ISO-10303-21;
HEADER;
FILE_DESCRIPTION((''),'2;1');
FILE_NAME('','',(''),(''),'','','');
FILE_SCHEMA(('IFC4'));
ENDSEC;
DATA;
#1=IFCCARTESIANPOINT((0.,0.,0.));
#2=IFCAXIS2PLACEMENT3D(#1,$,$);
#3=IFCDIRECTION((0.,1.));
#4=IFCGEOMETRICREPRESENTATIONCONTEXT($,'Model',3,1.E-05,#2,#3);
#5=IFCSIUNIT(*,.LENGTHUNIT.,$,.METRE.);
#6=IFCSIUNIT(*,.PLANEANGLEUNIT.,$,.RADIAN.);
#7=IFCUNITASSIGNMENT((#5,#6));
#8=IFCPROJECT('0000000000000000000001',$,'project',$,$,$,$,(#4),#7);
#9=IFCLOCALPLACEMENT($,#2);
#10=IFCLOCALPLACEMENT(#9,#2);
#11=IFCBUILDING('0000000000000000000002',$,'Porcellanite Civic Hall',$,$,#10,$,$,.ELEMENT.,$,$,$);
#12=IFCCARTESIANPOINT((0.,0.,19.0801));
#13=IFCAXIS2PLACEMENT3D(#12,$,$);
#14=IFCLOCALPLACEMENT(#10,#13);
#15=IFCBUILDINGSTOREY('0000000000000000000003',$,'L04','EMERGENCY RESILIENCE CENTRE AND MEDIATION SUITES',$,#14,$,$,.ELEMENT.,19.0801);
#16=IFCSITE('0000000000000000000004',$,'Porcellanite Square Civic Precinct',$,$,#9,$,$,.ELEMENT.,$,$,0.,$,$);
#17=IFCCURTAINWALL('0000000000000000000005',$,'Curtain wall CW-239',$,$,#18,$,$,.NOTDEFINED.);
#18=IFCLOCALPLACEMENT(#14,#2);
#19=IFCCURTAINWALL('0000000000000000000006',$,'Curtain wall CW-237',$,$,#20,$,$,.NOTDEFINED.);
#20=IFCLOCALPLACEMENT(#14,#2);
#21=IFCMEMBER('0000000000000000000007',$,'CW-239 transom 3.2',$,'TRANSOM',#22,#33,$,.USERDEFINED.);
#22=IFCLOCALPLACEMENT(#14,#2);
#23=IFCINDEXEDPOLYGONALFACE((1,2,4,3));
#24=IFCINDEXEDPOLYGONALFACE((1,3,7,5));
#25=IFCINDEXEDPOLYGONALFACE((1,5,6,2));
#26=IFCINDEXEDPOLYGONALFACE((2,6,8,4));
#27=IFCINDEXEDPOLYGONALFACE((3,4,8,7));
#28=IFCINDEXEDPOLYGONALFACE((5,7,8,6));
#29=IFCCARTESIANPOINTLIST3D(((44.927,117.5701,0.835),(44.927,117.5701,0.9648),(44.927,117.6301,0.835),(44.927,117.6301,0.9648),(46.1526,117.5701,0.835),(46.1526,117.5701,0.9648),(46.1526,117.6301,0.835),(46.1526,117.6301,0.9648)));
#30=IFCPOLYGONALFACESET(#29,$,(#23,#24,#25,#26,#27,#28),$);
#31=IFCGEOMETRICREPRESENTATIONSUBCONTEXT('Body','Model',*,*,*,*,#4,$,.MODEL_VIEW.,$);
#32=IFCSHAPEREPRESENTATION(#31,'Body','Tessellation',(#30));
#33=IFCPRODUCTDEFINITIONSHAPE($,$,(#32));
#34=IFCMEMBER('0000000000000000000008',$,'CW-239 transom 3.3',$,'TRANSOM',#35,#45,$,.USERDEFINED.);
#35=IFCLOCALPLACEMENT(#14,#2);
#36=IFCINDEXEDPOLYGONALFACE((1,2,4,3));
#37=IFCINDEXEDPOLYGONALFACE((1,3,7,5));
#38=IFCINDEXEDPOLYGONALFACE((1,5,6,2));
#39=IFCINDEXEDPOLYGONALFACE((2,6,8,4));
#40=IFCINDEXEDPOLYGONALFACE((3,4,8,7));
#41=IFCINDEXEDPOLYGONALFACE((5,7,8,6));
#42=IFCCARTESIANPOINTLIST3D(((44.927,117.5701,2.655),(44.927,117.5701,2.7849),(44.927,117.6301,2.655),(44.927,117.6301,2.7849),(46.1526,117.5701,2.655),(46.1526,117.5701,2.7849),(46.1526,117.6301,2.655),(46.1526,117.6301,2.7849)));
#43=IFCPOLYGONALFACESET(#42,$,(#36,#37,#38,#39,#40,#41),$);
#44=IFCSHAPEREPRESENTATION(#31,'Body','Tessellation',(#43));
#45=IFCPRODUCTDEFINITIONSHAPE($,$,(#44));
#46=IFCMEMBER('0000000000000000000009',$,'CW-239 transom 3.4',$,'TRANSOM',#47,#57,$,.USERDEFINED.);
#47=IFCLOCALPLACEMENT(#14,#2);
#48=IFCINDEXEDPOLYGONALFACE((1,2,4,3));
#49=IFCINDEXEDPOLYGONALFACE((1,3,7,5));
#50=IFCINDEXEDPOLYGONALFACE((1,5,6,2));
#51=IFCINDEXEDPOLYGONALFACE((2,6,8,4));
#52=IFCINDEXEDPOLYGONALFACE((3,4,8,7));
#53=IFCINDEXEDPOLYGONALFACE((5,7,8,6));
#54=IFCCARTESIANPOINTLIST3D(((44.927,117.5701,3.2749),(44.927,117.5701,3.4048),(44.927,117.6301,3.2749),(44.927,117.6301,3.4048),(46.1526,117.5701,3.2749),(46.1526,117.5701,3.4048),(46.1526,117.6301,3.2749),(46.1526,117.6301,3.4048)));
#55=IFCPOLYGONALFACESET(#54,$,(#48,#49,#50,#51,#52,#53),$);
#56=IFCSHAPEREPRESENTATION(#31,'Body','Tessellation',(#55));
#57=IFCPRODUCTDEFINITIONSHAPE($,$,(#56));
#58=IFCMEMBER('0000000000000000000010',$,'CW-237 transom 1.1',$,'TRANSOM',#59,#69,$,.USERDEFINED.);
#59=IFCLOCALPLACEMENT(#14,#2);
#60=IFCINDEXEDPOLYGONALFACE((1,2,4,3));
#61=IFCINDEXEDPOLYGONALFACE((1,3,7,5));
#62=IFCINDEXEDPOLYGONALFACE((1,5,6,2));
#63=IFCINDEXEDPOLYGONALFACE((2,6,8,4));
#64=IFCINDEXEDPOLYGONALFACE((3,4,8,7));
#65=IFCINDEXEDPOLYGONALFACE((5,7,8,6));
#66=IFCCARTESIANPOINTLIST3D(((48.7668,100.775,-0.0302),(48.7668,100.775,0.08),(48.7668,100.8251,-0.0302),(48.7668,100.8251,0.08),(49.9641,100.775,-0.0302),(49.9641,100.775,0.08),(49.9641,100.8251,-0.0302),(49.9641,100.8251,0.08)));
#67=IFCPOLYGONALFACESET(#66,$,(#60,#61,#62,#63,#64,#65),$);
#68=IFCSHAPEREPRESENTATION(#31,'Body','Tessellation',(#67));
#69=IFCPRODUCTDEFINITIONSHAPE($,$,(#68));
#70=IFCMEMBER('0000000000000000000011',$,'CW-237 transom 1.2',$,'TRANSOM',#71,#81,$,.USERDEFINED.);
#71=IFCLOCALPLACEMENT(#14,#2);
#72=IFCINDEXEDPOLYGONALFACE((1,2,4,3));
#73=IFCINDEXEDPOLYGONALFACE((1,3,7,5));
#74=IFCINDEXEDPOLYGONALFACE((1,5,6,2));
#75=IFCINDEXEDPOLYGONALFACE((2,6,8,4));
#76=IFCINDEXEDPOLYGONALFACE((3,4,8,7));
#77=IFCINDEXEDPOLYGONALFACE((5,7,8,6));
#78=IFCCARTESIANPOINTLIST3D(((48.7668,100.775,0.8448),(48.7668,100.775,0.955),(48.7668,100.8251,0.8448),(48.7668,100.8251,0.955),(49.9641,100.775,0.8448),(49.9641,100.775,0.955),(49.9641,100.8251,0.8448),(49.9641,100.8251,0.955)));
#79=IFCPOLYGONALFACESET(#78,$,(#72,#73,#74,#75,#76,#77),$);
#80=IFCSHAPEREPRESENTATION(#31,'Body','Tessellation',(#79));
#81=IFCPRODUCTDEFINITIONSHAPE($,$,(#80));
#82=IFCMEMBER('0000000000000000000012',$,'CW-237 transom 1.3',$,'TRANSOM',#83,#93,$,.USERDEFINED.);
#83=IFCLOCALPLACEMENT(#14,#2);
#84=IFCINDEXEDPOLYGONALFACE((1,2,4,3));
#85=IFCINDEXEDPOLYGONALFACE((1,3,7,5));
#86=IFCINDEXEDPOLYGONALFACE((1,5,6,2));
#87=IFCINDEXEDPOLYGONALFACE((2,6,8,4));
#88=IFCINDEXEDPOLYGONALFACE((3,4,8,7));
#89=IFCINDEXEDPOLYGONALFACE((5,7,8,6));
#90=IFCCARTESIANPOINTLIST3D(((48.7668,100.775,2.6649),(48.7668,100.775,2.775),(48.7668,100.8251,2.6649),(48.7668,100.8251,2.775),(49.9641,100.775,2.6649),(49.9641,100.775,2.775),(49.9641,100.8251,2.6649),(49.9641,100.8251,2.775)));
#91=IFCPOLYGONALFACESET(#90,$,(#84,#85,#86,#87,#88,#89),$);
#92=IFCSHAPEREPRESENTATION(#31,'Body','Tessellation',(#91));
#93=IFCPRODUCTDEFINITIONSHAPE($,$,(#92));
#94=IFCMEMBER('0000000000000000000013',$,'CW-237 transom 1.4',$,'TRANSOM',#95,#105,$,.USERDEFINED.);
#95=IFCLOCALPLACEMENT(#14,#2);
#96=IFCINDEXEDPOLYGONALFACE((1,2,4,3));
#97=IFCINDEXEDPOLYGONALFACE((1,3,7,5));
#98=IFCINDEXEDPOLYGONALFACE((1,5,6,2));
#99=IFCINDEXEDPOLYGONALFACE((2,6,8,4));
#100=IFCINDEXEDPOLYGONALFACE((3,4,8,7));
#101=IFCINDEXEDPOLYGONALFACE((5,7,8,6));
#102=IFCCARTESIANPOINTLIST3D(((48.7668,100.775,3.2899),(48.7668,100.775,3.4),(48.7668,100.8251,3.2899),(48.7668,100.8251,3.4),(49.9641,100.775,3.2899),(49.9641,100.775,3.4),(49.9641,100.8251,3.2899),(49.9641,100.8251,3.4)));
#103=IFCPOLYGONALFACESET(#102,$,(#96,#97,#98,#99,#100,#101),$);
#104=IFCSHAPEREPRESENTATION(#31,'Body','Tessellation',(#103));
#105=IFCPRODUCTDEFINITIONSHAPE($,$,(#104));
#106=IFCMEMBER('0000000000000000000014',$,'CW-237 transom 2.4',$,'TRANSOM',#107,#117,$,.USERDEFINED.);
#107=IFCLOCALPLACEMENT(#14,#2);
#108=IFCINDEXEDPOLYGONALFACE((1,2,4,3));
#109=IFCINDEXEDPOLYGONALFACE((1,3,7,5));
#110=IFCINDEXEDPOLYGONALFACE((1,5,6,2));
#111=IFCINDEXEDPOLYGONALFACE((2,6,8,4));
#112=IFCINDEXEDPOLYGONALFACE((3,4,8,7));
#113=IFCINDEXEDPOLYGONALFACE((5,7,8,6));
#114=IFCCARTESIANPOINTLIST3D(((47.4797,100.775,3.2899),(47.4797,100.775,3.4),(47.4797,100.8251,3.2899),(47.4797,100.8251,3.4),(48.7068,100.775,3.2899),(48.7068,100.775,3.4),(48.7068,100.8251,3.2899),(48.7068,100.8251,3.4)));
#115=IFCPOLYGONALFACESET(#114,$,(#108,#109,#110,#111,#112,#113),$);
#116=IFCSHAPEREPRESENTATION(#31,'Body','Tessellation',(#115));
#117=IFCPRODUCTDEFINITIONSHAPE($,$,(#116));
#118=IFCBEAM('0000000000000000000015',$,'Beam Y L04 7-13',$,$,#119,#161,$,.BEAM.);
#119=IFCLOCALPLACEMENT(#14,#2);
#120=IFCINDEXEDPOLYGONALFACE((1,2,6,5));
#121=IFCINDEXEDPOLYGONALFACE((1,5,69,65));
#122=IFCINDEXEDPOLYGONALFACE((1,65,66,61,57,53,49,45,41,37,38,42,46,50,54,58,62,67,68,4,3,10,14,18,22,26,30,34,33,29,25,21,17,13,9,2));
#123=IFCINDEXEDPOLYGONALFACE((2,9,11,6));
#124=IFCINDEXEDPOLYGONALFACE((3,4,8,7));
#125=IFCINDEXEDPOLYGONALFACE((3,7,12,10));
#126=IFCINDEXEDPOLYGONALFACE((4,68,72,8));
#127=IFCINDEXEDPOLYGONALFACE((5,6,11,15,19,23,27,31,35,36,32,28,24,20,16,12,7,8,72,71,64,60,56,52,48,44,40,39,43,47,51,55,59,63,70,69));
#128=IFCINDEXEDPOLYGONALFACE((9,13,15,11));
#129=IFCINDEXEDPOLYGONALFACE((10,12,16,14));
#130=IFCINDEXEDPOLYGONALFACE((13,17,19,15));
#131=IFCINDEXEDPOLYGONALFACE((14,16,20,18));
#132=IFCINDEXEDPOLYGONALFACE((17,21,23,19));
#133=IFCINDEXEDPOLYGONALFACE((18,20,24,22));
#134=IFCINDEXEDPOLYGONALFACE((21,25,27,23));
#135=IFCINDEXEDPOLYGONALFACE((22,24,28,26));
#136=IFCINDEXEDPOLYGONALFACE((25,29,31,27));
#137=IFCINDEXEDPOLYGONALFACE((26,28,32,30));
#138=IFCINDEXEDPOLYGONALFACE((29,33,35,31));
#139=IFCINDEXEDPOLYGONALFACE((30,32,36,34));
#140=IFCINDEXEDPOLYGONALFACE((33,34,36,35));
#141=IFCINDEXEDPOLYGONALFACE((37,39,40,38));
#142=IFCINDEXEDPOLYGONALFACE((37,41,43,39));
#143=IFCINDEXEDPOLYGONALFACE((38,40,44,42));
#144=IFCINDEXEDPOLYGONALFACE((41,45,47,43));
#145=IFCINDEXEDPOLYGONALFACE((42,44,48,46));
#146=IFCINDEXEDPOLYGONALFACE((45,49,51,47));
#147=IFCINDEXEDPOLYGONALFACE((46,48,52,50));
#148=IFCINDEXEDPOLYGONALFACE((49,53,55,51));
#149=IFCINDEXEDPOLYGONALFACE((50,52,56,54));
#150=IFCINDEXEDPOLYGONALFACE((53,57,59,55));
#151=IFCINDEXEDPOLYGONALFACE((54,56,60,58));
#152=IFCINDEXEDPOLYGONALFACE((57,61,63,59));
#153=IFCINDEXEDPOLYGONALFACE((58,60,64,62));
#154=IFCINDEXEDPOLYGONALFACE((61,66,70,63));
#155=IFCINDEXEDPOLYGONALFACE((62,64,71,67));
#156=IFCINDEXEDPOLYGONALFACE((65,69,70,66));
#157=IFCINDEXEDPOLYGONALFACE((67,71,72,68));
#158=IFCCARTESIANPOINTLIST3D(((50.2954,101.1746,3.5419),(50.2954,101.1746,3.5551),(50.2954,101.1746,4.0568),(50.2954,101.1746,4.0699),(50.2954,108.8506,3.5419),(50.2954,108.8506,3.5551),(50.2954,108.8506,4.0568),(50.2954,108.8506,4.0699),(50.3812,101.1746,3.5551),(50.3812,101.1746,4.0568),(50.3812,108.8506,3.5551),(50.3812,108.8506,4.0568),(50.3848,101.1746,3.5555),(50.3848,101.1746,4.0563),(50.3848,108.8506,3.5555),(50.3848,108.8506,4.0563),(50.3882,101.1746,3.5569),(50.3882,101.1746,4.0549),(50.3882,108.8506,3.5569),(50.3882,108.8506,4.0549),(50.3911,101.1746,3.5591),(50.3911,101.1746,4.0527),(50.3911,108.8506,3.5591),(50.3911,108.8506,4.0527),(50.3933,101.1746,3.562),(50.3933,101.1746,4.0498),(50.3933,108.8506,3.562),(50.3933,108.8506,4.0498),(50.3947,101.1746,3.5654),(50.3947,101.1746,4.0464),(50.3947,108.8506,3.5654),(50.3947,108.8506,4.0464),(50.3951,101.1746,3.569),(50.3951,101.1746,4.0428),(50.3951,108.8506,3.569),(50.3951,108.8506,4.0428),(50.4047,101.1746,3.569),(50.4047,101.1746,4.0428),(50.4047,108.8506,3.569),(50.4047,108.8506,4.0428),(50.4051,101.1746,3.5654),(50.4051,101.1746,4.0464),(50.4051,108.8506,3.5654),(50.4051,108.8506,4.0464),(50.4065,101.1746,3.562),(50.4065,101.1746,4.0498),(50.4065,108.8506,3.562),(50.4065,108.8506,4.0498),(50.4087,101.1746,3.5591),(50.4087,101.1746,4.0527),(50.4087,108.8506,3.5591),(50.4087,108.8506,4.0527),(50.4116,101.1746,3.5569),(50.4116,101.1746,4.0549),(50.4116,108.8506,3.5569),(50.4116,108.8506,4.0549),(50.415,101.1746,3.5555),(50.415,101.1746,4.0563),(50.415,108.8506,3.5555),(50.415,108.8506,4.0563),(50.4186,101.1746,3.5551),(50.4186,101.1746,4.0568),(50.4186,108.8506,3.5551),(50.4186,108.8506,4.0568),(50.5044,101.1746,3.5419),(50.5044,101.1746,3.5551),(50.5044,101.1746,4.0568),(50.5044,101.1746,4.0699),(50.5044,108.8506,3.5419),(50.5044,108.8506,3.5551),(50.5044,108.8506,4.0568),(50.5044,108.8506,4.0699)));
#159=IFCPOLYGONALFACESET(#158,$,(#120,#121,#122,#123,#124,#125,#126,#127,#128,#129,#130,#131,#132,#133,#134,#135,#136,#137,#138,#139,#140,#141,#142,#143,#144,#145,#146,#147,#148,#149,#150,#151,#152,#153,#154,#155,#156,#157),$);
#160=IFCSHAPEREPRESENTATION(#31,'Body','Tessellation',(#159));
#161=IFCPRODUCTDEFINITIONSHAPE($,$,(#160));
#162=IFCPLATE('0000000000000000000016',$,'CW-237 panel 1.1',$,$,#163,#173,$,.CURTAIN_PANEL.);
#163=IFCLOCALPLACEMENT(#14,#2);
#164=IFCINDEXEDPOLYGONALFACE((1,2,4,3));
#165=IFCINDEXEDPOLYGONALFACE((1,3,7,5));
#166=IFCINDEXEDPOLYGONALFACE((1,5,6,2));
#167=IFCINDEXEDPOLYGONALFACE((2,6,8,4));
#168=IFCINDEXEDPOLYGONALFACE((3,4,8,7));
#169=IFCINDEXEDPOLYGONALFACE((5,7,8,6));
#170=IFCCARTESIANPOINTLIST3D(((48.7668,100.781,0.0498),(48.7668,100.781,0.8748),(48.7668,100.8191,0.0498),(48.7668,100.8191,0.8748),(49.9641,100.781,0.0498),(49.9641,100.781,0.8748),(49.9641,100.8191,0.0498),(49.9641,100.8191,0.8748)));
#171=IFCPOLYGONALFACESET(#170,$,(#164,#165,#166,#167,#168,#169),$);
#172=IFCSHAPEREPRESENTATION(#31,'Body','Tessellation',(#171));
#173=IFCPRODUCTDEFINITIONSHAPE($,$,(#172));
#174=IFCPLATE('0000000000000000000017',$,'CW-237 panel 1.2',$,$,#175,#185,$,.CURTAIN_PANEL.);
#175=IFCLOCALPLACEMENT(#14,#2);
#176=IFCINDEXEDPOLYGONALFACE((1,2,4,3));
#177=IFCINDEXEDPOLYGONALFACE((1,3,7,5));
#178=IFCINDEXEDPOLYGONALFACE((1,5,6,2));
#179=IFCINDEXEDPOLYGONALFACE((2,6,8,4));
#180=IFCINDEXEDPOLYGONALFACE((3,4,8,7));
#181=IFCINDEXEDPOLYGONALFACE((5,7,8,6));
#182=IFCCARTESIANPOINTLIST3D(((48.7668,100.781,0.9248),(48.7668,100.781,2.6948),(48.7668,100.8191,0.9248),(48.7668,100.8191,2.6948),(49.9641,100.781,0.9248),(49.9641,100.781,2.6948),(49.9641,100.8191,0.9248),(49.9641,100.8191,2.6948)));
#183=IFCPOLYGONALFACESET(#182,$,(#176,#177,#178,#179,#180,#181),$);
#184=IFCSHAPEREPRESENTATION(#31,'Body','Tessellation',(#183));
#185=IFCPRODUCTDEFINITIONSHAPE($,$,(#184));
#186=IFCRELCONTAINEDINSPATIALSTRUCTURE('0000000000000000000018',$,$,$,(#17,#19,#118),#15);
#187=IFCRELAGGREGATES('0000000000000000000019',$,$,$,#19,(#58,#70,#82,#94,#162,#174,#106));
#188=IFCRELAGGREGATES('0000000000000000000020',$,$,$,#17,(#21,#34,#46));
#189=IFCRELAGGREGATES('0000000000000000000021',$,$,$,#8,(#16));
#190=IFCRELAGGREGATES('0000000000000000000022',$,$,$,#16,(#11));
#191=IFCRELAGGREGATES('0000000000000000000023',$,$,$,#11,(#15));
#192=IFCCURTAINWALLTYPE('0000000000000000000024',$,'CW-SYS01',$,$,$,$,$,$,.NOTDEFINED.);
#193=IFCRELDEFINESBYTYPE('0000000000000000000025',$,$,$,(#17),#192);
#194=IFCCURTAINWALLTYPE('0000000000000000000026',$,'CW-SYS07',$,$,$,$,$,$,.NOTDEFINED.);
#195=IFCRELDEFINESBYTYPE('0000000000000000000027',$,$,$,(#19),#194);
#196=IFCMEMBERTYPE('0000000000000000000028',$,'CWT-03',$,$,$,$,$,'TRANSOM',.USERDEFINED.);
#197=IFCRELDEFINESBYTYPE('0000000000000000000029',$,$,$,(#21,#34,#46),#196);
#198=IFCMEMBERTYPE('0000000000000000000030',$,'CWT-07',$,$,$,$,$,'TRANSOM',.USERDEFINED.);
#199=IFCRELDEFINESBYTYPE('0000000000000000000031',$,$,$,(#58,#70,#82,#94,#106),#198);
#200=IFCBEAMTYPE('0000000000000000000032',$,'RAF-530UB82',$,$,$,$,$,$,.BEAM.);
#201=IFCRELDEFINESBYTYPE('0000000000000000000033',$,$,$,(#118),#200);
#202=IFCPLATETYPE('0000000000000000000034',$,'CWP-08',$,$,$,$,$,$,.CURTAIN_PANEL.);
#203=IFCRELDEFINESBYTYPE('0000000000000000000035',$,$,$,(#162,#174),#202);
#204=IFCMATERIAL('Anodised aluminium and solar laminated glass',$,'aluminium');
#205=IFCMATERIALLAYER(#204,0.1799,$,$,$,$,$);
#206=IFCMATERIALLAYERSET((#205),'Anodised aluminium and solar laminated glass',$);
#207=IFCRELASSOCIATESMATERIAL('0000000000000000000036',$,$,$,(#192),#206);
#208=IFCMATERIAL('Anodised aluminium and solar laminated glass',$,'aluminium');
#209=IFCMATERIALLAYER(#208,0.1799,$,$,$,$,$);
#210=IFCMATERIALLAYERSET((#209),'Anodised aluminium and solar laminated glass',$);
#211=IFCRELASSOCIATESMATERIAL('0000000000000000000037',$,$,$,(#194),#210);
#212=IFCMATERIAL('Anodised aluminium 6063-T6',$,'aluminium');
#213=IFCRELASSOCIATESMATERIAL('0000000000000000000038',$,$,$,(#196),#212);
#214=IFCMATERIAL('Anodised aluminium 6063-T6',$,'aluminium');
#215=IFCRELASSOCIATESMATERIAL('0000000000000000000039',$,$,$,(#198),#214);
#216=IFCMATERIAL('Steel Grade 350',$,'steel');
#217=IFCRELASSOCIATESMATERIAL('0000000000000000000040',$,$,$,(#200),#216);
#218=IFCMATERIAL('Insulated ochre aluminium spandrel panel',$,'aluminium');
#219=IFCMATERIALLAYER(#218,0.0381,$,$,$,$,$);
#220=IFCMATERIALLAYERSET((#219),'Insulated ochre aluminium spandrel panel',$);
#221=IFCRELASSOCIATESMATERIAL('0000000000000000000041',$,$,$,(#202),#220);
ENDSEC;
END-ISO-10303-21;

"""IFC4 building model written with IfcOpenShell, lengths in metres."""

from ifc_helpers import new_model, si_unit, direction, frame, origin, origin_2d, place, context, subcontext, project, spatial, rectangle, i_section, extrude, material, layer, layer_set, material_profile, profile_set, type_object, element, aggregate, save


model = new_model("IFC4")

# Units and contexts
model_context = context("Model", 3, precision=1e-05, world=origin(), true_north=direction((0.0, 1.0)))
body_context = subcontext(model_context, "Body", "Model", "MODEL_VIEW")
ifc_project = project(units=[si_unit("LENGTHUNIT", "METRE"), si_unit("PLANEANGLEUNIT", "RADIAN")], contexts=[model_context])

# Site, building, storey
site_placement = place(None, origin())
site = spatial("IfcSite", under=ifc_project, at=site_placement, Name="Porcellanite Square Civic Precinct", CompositionType="ELEMENT", RefElevation=0.0)
building_placement = place(site_placement, origin())
building = spatial("IfcBuilding", under=site, at=building_placement, Name="Porcellanite Civic Hall", CompositionType="ELEMENT")
storey_placement = place(building_placement, frame((0.0, 0.0, 19.0801)))
storey = spatial("IfcBuildingStorey", under=building, at=storey_placement, Name="L04", Description="EMERGENCY RESILIENCE CENTRE AND MEDIATION SUITES", CompositionType="ELEMENT", Elevation=19.0801)

# Curtain wall
ifc_material_1 = material(Name="Anodised aluminium and solar laminated glass", Category="aluminium")
ifc_layer_1 = layer(ifc_material_1, 0.1799)
ifc_layer_set_1 = layer_set([ifc_layer_1], Name="Anodised aluminium and solar laminated glass")
curtain_wall_type_1 = type_object("IfcCurtainWallType", Name="CW-SYS01", PredefinedType="NOTDEFINED", material=ifc_layer_set_1)
curtain_wall_1_placement = place(storey_placement, origin())
curtain_wall_1 = element("IfcCurtainWall", 1, at=curtain_wall_1_placement, inside=storey, type_object=curtain_wall_type_1, Name="Curtain wall CW-239", PredefinedType="NOTDEFINED")

# Curtain wall
ifc_material_2 = material(Name="Anodised aluminium and solar laminated glass", Category="aluminium")
ifc_layer_2 = layer(ifc_material_2, 0.1799)
ifc_layer_set_2 = layer_set([ifc_layer_2], Name="Anodised aluminium and solar laminated glass")
curtain_wall_type_2 = type_object("IfcCurtainWallType", Name="CW-SYS07", PredefinedType="NOTDEFINED", material=ifc_layer_set_2)
curtain_wall_2_placement = place(storey_placement, origin())
curtain_wall_2 = element("IfcCurtainWall", 2, at=curtain_wall_2_placement, inside=storey, type_object=curtain_wall_type_2, Name="Curtain wall CW-237", PredefinedType="NOTDEFINED")

# Members
ifc_material_3 = material(Name="Anodised aluminium 6063-T6", Category="aluminium")
ifc_material_profile_1 = material_profile(ifc_material_3, rectangle(XDim=0.0601, YDim=0.1299, at=origin_2d()), Name="AL-60x130")
ifc_profile_set_1 = profile_set([ifc_material_profile_1], Name="Anodised aluminium 6063-T6")
member_type_1 = type_object("IfcMemberType", Name="CWT-03", ElementType="TRANSOM", PredefinedType="USERDEFINED", material=ifc_profile_set_1)
member_1_placement = place(storey_placement, frame((44.927, 117.6001, 0.8999), z_axis=(1.0, 0.0, 0.0), x_axis=(0.0, 1.0, 0.0)))
member_1 = element("IfcMember", 3, at=member_1_placement, type_object=member_type_1, Name="CW-239 transom 3.2", ObjectType="TRANSOM", PredefinedType="USERDEFINED", context=body_context, shape_type="SweptSolid", body=[
    extrude(rectangle(XDim=0.0601, YDim=0.1299, at=origin_2d()), origin(), (0.0, 0.0, 1.0), 1.2256),
])
member_2_placement = place(storey_placement, frame((44.927, 117.6001, 2.72), z_axis=(1.0, 0.0, 0.0), x_axis=(0.0, 1.0, 0.0)))
member_2 = element("IfcMember", 4, at=member_2_placement, type_object=member_type_1, Name="CW-239 transom 3.3", ObjectType="TRANSOM", PredefinedType="USERDEFINED", context=body_context, shape_type="SweptSolid", body=[
    extrude(rectangle(XDim=0.0601, YDim=0.1299, at=origin_2d()), origin(), (0.0, 0.0, 1.0), 1.2256),
])
member_3_placement = place(storey_placement, frame((44.927, 117.6001, 3.3398), z_axis=(1.0, 0.0, 0.0), x_axis=(0.0, 1.0, 0.0)))
member_3 = element("IfcMember", 5, at=member_3_placement, type_object=member_type_1, Name="CW-239 transom 3.4", ObjectType="TRANSOM", PredefinedType="USERDEFINED", context=body_context, shape_type="SweptSolid", body=[
    extrude(rectangle(XDim=0.0601, YDim=0.1299, at=origin_2d()), origin(), (0.0, 0.0, 1.0), 1.2256),
])
ifc_material_4 = material(Name="Anodised aluminium 6063-T6", Category="aluminium")
ifc_material_profile_2 = material_profile(ifc_material_4, rectangle(XDim=0.05, YDim=0.1101, at=origin_2d()), Name="AL-50x110")
ifc_profile_set_2 = profile_set([ifc_material_profile_2], Name="Anodised aluminium 6063-T6")
member_type_2 = type_object("IfcMemberType", Name="CWT-07", ElementType="TRANSOM", PredefinedType="USERDEFINED", material=ifc_profile_set_2)
member_4_placement = place(storey_placement, frame((49.9641, 100.8, 0.0249), z_axis=(-1.0, 0.0, 0.0), x_axis=(0.0, -1.0, 0.0)))
member_4 = element("IfcMember", 6, at=member_4_placement, type_object=member_type_2, Name="CW-237 transom 1.1", ObjectType="TRANSOM", PredefinedType="USERDEFINED", context=body_context, shape_type="SweptSolid", body=[
    extrude(rectangle(XDim=0.05, YDim=0.1101, at=origin_2d()), origin(), (0.0, 0.0, 1.0), 1.1973),
])
member_5_placement = place(storey_placement, frame((49.9641, 100.8, 0.8999), z_axis=(-1.0, 0.0, 0.0), x_axis=(0.0, -1.0, 0.0)))
member_5 = element("IfcMember", 7, at=member_5_placement, type_object=member_type_2, Name="CW-237 transom 1.2", ObjectType="TRANSOM", PredefinedType="USERDEFINED", context=body_context, shape_type="SweptSolid", body=[
    extrude(rectangle(XDim=0.05, YDim=0.1101, at=origin_2d()), origin(), (0.0, 0.0, 1.0), 1.1973),
])
member_6_placement = place(storey_placement, frame((49.9641, 100.8, 2.72), z_axis=(-1.0, 0.0, 0.0), x_axis=(0.0, -1.0, 0.0)))
member_6 = element("IfcMember", 8, at=member_6_placement, type_object=member_type_2, Name="CW-237 transom 1.3", ObjectType="TRANSOM", PredefinedType="USERDEFINED", context=body_context, shape_type="SweptSolid", body=[
    extrude(rectangle(XDim=0.05, YDim=0.1101, at=origin_2d()), origin(), (0.0, 0.0, 1.0), 1.1973),
])
member_7_placement = place(storey_placement, frame((49.9641, 100.8, 3.345), z_axis=(-1.0, 0.0, 0.0), x_axis=(0.0, -1.0, 0.0)))
member_7 = element("IfcMember", 9, at=member_7_placement, type_object=member_type_2, Name="CW-237 transom 1.4", ObjectType="TRANSOM", PredefinedType="USERDEFINED", context=body_context, shape_type="SweptSolid", body=[
    extrude(rectangle(XDim=0.05, YDim=0.1101, at=origin_2d()), origin(), (0.0, 0.0, 1.0), 1.1973),
])
member_8_placement = place(storey_placement, frame((48.7068, 100.8, 3.345), z_axis=(-1.0, 0.0, 0.0), x_axis=(0.0, -1.0, 0.0)))
member_8 = element("IfcMember", 10, at=member_8_placement, type_object=member_type_2, Name="CW-237 transom 2.4", ObjectType="TRANSOM", PredefinedType="USERDEFINED", context=body_context, shape_type="SweptSolid", body=[
    extrude(rectangle(XDim=0.05, YDim=0.1101, at=origin_2d()), origin(), (0.0, 0.0, 1.0), 1.2271),
])

# Beam
ifc_material_5 = material(Name="Steel Grade 350", Category="steel")
ifc_material_profile_3 = material_profile(ifc_material_5, i_section(OverallWidth=0.209, OverallDepth=0.5281, WebThickness=0.0095, FlangeThickness=0.0132, FilletRadius=0.0139, at=origin_2d()), Name="530UB82.0")
ifc_profile_set_3 = profile_set([ifc_material_profile_3], Name="Steel Grade 350")
beam_type_1 = type_object("IfcBeamType", Name="RAF-530UB82", PredefinedType="BEAM", material=ifc_profile_set_3)
beam_1_placement = place(storey_placement, frame((50.3999, 101.1746, 3.8059), z_axis=(0.0, 1.0, 0.0), x_axis=(-1.0, 0.0, 0.0)))
element("IfcBeam", 11, at=beam_1_placement, inside=storey, type_object=beam_type_1, Name="Beam Y L04 7-13", PredefinedType="BEAM", context=body_context, shape_type="SweptSolid", body=[
    extrude(i_section(OverallWidth=0.209, OverallDepth=0.5281, WebThickness=0.0095, FlangeThickness=0.0132, FilletRadius=0.0139, at=origin_2d()), origin(), (0.0, 0.0, 1.0), 7.676),
])

# Plates
ifc_material_6 = material(Name="Insulated ochre aluminium spandrel panel", Category="aluminium")
ifc_layer_3 = layer(ifc_material_6, 0.0381)
ifc_layer_set_3 = layer_set([ifc_layer_3], Name="Insulated ochre aluminium spandrel panel")
plate_type_1 = type_object("IfcPlateType", Name="CWP-08", PredefinedType="CURTAIN_PANEL", material=ifc_layer_set_3)
plate_1_placement = place(storey_placement, frame((49.3655, 100.8, 0.0498), z_axis=(0.0, 0.0, 1.0), x_axis=(-1.0, 0.0, 0.0)))
plate_1 = element("IfcPlate", 12, at=plate_1_placement, type_object=plate_type_1, Name="CW-237 panel 1.1", PredefinedType="CURTAIN_PANEL", context=body_context, shape_type="SweptSolid", body=[
    extrude(rectangle(XDim=1.1973, YDim=0.0381, at=origin_2d()), origin(), (0.0, 0.0, 1.0), 0.825),
])
plate_2_placement = place(storey_placement, frame((49.3655, 100.8, 0.9248), z_axis=(0.0, 0.0, 1.0), x_axis=(-1.0, 0.0, 0.0)))
plate_2 = element("IfcPlate", 13, at=plate_2_placement, type_object=plate_type_1, Name="CW-237 panel 1.2", PredefinedType="CURTAIN_PANEL", context=body_context, shape_type="SweptSolid", body=[
    extrude(rectangle(XDim=1.1973, YDim=0.0381, at=origin_2d()), origin(), (0.0, 0.0, 1.0), 1.77),
])
aggregate(curtain_wall_2, [member_4, member_5, member_6, member_7, plate_1, plate_2, member_8])
aggregate(curtain_wall_1, [member_1, member_2, member_3])

save(model, "model.ifc")
